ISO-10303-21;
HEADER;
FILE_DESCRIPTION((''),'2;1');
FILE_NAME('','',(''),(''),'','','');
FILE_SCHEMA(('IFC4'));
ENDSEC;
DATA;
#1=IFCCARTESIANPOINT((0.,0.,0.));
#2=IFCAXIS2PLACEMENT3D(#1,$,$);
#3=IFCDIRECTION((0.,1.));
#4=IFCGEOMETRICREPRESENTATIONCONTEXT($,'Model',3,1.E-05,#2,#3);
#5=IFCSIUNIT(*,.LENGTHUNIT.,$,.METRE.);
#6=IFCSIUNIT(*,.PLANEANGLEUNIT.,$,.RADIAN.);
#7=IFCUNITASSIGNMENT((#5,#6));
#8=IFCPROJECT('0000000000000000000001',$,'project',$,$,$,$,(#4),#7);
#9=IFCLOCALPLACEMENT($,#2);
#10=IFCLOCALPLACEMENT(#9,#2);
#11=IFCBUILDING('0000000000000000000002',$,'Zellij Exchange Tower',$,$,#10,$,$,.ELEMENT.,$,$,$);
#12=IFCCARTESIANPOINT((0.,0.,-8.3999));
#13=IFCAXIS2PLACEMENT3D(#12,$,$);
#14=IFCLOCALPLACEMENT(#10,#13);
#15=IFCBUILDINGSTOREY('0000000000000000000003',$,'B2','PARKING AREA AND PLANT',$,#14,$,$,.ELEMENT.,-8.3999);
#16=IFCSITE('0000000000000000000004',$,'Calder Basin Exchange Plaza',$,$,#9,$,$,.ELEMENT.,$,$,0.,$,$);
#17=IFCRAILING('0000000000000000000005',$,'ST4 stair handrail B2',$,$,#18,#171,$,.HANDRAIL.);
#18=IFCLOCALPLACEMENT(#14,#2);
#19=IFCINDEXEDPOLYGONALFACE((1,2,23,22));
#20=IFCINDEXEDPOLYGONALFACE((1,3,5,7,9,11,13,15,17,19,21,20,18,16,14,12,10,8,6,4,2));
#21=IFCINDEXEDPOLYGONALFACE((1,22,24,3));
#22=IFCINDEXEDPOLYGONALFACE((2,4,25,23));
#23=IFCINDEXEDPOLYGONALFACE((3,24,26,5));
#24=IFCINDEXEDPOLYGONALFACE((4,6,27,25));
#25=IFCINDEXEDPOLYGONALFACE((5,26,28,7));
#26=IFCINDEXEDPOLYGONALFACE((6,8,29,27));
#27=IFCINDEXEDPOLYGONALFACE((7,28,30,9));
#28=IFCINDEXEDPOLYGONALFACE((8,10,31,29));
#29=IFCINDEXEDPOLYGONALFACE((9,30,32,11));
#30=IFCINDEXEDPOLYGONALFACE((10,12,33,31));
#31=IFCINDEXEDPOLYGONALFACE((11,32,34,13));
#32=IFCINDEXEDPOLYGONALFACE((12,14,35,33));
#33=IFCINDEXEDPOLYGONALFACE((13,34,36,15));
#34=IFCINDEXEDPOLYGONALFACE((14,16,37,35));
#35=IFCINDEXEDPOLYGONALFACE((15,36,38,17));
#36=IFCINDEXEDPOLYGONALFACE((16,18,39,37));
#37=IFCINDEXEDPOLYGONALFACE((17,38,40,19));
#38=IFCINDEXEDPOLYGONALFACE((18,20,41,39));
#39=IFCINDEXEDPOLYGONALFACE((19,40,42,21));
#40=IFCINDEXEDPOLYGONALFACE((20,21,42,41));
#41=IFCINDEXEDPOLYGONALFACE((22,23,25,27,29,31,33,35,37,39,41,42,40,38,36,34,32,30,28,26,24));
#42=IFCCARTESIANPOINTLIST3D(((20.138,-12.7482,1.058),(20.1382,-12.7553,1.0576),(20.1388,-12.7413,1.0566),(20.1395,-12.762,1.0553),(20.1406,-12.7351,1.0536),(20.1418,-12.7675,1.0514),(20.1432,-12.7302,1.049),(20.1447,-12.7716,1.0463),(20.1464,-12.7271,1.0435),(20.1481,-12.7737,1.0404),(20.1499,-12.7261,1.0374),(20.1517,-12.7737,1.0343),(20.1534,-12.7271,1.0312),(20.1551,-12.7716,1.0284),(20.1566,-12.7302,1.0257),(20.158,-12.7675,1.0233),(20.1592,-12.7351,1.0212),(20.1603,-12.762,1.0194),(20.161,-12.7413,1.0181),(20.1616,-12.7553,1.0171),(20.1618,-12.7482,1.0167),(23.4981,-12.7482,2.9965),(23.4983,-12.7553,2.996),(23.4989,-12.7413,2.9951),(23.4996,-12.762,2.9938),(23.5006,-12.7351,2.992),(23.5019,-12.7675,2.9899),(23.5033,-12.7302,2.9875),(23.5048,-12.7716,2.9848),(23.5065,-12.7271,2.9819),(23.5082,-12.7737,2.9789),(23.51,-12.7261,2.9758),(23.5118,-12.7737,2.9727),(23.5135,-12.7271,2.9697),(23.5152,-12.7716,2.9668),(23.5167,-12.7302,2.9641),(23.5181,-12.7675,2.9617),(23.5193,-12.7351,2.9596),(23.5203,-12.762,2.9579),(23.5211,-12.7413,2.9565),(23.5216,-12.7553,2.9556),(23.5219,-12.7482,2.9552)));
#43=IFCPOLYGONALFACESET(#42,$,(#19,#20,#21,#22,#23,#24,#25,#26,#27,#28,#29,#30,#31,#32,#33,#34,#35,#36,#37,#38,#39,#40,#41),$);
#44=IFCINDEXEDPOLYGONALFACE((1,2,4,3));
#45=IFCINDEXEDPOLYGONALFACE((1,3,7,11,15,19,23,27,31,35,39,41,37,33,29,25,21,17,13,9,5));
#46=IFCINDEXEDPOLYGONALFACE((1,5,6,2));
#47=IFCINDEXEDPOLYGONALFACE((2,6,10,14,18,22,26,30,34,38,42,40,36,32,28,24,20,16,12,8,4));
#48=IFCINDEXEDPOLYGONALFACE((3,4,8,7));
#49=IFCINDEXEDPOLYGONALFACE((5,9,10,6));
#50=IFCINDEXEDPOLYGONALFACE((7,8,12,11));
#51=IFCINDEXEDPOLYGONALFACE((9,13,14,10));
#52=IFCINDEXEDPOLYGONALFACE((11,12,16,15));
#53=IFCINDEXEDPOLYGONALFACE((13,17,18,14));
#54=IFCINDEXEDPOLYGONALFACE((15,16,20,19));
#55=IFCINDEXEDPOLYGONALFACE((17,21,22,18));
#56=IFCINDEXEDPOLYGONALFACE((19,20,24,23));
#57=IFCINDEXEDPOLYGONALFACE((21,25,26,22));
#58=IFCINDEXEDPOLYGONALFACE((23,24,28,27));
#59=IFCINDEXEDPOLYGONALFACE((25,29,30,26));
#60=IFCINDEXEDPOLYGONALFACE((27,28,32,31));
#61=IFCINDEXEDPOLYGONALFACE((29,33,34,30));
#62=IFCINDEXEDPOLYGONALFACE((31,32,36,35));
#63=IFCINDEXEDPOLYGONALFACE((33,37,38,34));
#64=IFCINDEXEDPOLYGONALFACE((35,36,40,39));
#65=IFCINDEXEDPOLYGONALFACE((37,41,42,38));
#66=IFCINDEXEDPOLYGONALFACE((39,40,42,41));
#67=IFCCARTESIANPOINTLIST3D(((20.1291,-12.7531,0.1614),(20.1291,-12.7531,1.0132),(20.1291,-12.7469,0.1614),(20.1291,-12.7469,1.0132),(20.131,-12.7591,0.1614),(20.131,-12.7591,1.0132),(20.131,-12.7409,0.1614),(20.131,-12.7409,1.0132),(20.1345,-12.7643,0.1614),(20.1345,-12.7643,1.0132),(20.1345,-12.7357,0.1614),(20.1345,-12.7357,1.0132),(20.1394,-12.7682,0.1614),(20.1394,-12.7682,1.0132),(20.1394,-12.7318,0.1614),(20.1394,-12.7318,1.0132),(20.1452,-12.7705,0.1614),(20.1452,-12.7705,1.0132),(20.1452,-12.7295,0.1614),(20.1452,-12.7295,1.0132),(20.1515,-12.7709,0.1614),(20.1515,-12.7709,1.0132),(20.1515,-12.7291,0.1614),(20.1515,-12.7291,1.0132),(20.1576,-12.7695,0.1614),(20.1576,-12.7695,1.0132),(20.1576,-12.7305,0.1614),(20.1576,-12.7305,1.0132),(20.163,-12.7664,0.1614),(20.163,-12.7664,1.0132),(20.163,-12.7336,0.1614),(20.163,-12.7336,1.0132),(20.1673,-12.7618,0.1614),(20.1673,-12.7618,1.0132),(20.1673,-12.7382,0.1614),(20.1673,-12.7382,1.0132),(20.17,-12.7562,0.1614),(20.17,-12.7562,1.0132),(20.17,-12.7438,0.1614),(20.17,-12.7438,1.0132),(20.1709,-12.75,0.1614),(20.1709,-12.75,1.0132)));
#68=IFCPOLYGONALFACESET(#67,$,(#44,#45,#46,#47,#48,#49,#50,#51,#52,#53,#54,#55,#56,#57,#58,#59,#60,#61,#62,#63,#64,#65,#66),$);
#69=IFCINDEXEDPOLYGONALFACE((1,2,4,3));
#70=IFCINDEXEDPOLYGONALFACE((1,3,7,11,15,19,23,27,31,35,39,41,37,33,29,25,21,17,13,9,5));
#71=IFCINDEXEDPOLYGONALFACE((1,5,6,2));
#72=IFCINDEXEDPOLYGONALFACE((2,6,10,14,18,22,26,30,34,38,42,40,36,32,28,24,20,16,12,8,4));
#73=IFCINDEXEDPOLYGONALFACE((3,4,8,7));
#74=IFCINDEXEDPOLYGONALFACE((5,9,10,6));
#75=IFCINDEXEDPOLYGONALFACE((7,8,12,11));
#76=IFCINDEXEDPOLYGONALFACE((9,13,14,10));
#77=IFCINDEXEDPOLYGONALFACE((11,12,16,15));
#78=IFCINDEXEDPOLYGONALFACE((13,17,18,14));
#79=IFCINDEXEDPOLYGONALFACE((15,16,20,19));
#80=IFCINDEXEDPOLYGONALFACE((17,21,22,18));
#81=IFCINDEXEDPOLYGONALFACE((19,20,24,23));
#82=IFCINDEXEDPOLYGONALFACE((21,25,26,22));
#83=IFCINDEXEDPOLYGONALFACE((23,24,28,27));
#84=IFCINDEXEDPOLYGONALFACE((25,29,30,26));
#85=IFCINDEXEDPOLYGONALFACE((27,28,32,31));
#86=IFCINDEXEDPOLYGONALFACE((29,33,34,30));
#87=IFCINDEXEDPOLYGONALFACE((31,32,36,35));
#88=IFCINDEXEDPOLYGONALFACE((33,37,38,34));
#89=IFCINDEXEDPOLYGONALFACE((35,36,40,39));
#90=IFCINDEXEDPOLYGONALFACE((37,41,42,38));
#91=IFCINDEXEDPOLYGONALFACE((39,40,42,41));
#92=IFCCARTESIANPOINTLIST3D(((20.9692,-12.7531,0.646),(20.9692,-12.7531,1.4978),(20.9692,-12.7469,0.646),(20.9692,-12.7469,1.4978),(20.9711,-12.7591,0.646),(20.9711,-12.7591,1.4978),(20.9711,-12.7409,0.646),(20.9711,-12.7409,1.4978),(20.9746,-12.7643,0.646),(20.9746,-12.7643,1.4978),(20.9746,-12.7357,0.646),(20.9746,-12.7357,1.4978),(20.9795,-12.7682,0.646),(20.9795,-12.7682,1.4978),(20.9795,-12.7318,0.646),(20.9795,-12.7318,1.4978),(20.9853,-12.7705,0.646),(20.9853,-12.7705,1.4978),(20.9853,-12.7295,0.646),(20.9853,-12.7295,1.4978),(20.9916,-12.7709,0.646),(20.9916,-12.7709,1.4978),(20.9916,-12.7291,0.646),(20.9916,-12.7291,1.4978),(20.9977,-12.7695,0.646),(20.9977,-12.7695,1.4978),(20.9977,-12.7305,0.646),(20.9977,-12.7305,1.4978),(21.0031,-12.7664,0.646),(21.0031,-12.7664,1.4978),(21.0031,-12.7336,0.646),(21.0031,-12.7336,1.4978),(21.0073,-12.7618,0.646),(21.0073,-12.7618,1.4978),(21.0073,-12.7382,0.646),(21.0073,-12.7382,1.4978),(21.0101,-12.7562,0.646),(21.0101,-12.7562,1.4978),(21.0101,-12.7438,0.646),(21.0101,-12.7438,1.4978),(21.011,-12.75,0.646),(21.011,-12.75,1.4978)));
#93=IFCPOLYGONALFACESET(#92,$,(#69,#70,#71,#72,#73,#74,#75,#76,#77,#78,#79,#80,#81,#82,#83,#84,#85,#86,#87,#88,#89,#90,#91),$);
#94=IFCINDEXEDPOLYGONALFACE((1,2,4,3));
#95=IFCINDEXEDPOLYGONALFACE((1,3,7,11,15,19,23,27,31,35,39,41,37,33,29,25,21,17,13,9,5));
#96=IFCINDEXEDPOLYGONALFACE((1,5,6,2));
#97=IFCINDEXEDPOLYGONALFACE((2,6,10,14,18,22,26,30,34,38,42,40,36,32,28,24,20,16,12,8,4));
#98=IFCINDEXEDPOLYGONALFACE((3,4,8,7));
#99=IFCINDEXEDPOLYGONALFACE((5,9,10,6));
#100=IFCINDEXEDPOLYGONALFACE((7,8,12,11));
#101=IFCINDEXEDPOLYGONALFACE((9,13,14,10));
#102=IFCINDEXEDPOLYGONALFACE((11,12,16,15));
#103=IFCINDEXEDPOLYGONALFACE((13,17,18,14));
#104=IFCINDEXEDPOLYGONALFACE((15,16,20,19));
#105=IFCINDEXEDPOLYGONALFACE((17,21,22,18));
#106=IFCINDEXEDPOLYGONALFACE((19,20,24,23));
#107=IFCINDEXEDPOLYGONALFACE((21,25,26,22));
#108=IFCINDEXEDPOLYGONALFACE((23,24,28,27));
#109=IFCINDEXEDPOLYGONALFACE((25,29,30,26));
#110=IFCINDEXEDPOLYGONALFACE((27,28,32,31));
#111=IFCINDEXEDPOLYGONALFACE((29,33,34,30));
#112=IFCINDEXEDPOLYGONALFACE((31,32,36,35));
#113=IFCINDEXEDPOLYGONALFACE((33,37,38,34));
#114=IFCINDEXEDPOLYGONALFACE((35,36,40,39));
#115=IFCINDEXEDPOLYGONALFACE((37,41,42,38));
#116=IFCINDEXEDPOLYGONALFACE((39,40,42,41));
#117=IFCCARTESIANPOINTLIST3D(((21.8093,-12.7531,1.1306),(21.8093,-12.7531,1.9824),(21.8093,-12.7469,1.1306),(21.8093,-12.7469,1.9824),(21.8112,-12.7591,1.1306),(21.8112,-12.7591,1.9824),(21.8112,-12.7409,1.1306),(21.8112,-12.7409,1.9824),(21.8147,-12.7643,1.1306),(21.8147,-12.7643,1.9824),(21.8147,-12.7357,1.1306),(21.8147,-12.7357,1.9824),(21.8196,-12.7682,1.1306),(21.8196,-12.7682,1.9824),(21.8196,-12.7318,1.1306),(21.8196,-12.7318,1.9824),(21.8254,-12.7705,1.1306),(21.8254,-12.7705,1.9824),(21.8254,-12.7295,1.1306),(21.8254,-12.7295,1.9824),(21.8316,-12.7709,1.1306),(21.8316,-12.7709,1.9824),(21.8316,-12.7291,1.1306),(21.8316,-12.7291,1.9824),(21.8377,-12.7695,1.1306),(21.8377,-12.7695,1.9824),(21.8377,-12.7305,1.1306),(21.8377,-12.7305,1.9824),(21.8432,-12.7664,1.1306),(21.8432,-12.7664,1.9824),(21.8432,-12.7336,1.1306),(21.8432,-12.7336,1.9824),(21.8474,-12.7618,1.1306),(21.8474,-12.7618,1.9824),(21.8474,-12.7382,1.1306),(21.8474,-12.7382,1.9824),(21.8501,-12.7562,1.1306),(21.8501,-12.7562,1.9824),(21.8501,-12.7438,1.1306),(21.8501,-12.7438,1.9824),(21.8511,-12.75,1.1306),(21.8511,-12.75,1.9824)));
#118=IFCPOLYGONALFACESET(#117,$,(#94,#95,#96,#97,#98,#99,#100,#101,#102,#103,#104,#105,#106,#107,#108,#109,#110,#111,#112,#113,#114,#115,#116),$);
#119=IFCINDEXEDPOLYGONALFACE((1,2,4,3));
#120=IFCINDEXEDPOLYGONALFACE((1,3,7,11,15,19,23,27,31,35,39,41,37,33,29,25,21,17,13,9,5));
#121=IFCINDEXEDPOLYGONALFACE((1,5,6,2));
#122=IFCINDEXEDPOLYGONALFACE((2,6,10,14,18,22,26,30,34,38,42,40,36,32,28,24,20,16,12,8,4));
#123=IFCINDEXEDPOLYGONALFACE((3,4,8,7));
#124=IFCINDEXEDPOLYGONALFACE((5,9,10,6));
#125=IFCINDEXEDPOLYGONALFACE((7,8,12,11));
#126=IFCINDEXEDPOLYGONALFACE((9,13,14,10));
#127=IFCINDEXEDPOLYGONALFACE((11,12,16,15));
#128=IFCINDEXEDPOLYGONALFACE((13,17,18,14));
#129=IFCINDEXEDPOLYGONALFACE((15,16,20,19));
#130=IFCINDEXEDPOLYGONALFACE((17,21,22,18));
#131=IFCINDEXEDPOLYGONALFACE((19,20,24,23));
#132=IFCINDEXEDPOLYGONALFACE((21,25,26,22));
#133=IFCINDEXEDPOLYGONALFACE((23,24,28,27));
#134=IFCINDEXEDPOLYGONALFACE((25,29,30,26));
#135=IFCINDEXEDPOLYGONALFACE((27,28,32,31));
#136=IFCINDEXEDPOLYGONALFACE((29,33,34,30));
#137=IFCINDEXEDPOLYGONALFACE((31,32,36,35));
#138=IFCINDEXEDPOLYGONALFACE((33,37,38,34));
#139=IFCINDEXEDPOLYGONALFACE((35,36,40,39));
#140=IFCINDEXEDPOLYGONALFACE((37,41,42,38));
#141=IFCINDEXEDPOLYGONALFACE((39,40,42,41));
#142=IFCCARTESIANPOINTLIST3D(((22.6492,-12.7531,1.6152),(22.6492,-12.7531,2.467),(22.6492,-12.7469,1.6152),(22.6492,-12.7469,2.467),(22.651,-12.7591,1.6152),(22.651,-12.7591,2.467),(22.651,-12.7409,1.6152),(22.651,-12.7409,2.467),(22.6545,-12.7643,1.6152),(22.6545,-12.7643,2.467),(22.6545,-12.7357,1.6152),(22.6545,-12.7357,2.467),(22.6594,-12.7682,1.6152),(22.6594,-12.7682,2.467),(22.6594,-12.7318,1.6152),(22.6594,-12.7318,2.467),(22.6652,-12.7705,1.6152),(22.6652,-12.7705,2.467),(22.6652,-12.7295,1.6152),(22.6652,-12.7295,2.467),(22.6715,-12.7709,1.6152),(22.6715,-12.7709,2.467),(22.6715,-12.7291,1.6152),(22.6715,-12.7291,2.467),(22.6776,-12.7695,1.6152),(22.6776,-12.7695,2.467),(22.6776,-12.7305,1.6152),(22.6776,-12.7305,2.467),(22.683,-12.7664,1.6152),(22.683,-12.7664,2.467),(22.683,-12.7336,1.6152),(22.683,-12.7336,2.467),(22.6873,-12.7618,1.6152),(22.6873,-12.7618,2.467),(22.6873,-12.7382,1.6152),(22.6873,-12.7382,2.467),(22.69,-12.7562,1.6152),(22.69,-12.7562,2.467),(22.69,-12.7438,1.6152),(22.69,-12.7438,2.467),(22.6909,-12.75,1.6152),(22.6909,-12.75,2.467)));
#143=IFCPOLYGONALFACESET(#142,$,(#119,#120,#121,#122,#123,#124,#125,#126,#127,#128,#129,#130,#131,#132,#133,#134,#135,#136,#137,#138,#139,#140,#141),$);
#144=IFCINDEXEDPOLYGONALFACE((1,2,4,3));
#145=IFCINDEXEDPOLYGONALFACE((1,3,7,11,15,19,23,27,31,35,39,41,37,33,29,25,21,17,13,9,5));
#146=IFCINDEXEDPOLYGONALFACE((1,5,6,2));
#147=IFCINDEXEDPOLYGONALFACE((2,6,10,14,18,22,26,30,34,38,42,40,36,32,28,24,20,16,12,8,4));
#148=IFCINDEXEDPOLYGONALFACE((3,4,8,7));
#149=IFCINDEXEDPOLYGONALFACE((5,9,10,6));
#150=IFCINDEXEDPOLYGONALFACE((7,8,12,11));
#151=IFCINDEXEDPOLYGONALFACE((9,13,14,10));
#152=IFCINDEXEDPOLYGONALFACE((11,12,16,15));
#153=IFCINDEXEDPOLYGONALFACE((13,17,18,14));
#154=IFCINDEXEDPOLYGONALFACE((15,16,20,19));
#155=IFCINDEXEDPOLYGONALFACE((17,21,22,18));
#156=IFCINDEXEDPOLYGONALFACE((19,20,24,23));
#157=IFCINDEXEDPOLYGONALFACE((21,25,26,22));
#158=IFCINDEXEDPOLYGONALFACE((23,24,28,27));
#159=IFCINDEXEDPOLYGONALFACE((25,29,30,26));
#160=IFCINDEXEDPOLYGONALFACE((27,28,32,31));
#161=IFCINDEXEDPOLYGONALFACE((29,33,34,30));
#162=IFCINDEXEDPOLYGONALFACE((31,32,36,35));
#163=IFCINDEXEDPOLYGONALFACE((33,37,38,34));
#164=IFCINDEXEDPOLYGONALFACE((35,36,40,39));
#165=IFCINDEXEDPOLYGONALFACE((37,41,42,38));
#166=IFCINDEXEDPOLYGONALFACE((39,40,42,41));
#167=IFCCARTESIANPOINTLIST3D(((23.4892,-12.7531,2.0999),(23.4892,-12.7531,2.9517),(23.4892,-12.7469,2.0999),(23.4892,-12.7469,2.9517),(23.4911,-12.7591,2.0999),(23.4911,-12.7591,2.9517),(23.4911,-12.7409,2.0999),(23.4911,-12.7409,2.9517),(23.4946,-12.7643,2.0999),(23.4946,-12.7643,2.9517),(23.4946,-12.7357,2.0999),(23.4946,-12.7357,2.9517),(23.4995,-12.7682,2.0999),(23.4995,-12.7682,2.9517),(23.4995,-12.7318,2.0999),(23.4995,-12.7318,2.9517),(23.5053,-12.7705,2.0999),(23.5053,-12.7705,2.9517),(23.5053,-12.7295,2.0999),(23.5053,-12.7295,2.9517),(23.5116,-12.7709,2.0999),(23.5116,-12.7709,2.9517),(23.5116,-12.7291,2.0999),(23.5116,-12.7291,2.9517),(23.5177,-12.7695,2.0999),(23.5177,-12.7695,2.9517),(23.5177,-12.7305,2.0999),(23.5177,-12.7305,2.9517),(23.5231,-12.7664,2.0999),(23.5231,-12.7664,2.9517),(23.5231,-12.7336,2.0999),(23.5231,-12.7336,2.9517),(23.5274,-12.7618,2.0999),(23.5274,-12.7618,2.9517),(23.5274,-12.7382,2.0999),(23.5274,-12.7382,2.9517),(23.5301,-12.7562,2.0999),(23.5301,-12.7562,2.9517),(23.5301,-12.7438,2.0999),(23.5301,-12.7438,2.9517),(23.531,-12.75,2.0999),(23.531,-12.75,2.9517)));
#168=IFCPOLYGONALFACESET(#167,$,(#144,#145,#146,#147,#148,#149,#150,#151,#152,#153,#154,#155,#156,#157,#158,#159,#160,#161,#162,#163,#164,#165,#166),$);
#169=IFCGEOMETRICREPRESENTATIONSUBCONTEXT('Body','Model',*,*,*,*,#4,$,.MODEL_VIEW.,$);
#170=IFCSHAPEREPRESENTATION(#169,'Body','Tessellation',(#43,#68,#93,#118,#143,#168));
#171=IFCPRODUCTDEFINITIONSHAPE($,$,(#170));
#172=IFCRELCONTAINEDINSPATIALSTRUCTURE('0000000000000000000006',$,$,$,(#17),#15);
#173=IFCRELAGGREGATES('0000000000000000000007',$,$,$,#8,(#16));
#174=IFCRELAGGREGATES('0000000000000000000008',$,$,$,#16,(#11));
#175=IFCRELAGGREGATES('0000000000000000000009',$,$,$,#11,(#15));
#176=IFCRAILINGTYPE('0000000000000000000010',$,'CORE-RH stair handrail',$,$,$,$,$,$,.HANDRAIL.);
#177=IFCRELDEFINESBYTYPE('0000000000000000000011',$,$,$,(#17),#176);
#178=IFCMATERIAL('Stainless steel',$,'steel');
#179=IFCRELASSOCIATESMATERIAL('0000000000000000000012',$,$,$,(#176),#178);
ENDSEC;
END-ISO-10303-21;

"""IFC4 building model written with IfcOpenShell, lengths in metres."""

from ifc_helpers import new_model, si_unit, direction, frame, origin, origin_2d, place, context, subcontext, project, spatial, circle, extrude, material, type_object, element, save


model = new_model("IFC4")

# Units and contexts
model_context = context("Model", 3, precision=1e-05, world=origin(), true_north=direction((0.0, 1.0)))
body_context = subcontext(model_context, "Body", "Model", "MODEL_VIEW")
ifc_project = project(units=[si_unit("LENGTHUNIT", "METRE"), si_unit("PLANEANGLEUNIT", "RADIAN")], contexts=[model_context])

# Site, building, storey
site_placement = place(None, origin())
site = spatial("IfcSite", under=ifc_project, at=site_placement, Name="Calder Basin Exchange Plaza", CompositionType="ELEMENT", RefElevation=0.0)
building_placement = place(site_placement, origin())
building = spatial("IfcBuilding", under=site, at=building_placement, Name="Zellij Exchange Tower", CompositionType="ELEMENT")
storey_placement = place(building_placement, frame((0.0, 0.0, -8.3999)))
storey = spatial("IfcBuildingStorey", under=building, at=storey_placement, Name="B2", Description="PARKING AREA AND PLANT", CompositionType="ELEMENT", Elevation=-8.3999)

# Railing
ifc_material_1 = material(Name="Stainless steel", Category="steel")
railing_type_1 = type_object("IfcRailingType", Name="CORE-RH stair handrail", PredefinedType="HANDRAIL", material=ifc_material_1)
railing_1_placement = place(storey_placement, frame((20.1499, -12.75, 0.1614)))
element("IfcRailing", 1, at=railing_1_placement, inside=storey, type_object=railing_type_1, Name="ST4 stair handrail B2", PredefinedType="HANDRAIL", context=body_context, shape_type="SweptSolid", body=[
    extrude(circle(Radius=0.0239, at=origin_2d()), frame((0.0, 0.0, 0.876), z_axis=(0.866191, 0.0, 0.499713), x_axis=(0.0, 1.0, 0.0)), (0.0, 0.0, 1.0), 3.8792),
    extrude(circle(Radius=0.021, at=origin_2d()), origin(), (0.0, 0.0, 1.0), 0.8518),
    extrude(circle(Radius=0.021, at=origin_2d()), frame((0.8401, 0.0, 0.4846)), (0.0, 0.0, 1.0), 0.8518),
    extrude(circle(Radius=0.021, at=origin_2d()), frame((1.6802, 0.0, 0.9692)), (0.0, 0.0, 1.0), 0.8518),
    extrude(circle(Radius=0.021, at=origin_2d()), frame((2.52, 0.0, 1.4539)), (0.0, 0.0, 1.0), 0.8518),
    extrude(circle(Radius=0.021, at=origin_2d()), frame((3.3601, 0.0, 1.9385)), (0.0, 0.0, 1.0), 0.8518),
])

save(model, "model.ifc")
